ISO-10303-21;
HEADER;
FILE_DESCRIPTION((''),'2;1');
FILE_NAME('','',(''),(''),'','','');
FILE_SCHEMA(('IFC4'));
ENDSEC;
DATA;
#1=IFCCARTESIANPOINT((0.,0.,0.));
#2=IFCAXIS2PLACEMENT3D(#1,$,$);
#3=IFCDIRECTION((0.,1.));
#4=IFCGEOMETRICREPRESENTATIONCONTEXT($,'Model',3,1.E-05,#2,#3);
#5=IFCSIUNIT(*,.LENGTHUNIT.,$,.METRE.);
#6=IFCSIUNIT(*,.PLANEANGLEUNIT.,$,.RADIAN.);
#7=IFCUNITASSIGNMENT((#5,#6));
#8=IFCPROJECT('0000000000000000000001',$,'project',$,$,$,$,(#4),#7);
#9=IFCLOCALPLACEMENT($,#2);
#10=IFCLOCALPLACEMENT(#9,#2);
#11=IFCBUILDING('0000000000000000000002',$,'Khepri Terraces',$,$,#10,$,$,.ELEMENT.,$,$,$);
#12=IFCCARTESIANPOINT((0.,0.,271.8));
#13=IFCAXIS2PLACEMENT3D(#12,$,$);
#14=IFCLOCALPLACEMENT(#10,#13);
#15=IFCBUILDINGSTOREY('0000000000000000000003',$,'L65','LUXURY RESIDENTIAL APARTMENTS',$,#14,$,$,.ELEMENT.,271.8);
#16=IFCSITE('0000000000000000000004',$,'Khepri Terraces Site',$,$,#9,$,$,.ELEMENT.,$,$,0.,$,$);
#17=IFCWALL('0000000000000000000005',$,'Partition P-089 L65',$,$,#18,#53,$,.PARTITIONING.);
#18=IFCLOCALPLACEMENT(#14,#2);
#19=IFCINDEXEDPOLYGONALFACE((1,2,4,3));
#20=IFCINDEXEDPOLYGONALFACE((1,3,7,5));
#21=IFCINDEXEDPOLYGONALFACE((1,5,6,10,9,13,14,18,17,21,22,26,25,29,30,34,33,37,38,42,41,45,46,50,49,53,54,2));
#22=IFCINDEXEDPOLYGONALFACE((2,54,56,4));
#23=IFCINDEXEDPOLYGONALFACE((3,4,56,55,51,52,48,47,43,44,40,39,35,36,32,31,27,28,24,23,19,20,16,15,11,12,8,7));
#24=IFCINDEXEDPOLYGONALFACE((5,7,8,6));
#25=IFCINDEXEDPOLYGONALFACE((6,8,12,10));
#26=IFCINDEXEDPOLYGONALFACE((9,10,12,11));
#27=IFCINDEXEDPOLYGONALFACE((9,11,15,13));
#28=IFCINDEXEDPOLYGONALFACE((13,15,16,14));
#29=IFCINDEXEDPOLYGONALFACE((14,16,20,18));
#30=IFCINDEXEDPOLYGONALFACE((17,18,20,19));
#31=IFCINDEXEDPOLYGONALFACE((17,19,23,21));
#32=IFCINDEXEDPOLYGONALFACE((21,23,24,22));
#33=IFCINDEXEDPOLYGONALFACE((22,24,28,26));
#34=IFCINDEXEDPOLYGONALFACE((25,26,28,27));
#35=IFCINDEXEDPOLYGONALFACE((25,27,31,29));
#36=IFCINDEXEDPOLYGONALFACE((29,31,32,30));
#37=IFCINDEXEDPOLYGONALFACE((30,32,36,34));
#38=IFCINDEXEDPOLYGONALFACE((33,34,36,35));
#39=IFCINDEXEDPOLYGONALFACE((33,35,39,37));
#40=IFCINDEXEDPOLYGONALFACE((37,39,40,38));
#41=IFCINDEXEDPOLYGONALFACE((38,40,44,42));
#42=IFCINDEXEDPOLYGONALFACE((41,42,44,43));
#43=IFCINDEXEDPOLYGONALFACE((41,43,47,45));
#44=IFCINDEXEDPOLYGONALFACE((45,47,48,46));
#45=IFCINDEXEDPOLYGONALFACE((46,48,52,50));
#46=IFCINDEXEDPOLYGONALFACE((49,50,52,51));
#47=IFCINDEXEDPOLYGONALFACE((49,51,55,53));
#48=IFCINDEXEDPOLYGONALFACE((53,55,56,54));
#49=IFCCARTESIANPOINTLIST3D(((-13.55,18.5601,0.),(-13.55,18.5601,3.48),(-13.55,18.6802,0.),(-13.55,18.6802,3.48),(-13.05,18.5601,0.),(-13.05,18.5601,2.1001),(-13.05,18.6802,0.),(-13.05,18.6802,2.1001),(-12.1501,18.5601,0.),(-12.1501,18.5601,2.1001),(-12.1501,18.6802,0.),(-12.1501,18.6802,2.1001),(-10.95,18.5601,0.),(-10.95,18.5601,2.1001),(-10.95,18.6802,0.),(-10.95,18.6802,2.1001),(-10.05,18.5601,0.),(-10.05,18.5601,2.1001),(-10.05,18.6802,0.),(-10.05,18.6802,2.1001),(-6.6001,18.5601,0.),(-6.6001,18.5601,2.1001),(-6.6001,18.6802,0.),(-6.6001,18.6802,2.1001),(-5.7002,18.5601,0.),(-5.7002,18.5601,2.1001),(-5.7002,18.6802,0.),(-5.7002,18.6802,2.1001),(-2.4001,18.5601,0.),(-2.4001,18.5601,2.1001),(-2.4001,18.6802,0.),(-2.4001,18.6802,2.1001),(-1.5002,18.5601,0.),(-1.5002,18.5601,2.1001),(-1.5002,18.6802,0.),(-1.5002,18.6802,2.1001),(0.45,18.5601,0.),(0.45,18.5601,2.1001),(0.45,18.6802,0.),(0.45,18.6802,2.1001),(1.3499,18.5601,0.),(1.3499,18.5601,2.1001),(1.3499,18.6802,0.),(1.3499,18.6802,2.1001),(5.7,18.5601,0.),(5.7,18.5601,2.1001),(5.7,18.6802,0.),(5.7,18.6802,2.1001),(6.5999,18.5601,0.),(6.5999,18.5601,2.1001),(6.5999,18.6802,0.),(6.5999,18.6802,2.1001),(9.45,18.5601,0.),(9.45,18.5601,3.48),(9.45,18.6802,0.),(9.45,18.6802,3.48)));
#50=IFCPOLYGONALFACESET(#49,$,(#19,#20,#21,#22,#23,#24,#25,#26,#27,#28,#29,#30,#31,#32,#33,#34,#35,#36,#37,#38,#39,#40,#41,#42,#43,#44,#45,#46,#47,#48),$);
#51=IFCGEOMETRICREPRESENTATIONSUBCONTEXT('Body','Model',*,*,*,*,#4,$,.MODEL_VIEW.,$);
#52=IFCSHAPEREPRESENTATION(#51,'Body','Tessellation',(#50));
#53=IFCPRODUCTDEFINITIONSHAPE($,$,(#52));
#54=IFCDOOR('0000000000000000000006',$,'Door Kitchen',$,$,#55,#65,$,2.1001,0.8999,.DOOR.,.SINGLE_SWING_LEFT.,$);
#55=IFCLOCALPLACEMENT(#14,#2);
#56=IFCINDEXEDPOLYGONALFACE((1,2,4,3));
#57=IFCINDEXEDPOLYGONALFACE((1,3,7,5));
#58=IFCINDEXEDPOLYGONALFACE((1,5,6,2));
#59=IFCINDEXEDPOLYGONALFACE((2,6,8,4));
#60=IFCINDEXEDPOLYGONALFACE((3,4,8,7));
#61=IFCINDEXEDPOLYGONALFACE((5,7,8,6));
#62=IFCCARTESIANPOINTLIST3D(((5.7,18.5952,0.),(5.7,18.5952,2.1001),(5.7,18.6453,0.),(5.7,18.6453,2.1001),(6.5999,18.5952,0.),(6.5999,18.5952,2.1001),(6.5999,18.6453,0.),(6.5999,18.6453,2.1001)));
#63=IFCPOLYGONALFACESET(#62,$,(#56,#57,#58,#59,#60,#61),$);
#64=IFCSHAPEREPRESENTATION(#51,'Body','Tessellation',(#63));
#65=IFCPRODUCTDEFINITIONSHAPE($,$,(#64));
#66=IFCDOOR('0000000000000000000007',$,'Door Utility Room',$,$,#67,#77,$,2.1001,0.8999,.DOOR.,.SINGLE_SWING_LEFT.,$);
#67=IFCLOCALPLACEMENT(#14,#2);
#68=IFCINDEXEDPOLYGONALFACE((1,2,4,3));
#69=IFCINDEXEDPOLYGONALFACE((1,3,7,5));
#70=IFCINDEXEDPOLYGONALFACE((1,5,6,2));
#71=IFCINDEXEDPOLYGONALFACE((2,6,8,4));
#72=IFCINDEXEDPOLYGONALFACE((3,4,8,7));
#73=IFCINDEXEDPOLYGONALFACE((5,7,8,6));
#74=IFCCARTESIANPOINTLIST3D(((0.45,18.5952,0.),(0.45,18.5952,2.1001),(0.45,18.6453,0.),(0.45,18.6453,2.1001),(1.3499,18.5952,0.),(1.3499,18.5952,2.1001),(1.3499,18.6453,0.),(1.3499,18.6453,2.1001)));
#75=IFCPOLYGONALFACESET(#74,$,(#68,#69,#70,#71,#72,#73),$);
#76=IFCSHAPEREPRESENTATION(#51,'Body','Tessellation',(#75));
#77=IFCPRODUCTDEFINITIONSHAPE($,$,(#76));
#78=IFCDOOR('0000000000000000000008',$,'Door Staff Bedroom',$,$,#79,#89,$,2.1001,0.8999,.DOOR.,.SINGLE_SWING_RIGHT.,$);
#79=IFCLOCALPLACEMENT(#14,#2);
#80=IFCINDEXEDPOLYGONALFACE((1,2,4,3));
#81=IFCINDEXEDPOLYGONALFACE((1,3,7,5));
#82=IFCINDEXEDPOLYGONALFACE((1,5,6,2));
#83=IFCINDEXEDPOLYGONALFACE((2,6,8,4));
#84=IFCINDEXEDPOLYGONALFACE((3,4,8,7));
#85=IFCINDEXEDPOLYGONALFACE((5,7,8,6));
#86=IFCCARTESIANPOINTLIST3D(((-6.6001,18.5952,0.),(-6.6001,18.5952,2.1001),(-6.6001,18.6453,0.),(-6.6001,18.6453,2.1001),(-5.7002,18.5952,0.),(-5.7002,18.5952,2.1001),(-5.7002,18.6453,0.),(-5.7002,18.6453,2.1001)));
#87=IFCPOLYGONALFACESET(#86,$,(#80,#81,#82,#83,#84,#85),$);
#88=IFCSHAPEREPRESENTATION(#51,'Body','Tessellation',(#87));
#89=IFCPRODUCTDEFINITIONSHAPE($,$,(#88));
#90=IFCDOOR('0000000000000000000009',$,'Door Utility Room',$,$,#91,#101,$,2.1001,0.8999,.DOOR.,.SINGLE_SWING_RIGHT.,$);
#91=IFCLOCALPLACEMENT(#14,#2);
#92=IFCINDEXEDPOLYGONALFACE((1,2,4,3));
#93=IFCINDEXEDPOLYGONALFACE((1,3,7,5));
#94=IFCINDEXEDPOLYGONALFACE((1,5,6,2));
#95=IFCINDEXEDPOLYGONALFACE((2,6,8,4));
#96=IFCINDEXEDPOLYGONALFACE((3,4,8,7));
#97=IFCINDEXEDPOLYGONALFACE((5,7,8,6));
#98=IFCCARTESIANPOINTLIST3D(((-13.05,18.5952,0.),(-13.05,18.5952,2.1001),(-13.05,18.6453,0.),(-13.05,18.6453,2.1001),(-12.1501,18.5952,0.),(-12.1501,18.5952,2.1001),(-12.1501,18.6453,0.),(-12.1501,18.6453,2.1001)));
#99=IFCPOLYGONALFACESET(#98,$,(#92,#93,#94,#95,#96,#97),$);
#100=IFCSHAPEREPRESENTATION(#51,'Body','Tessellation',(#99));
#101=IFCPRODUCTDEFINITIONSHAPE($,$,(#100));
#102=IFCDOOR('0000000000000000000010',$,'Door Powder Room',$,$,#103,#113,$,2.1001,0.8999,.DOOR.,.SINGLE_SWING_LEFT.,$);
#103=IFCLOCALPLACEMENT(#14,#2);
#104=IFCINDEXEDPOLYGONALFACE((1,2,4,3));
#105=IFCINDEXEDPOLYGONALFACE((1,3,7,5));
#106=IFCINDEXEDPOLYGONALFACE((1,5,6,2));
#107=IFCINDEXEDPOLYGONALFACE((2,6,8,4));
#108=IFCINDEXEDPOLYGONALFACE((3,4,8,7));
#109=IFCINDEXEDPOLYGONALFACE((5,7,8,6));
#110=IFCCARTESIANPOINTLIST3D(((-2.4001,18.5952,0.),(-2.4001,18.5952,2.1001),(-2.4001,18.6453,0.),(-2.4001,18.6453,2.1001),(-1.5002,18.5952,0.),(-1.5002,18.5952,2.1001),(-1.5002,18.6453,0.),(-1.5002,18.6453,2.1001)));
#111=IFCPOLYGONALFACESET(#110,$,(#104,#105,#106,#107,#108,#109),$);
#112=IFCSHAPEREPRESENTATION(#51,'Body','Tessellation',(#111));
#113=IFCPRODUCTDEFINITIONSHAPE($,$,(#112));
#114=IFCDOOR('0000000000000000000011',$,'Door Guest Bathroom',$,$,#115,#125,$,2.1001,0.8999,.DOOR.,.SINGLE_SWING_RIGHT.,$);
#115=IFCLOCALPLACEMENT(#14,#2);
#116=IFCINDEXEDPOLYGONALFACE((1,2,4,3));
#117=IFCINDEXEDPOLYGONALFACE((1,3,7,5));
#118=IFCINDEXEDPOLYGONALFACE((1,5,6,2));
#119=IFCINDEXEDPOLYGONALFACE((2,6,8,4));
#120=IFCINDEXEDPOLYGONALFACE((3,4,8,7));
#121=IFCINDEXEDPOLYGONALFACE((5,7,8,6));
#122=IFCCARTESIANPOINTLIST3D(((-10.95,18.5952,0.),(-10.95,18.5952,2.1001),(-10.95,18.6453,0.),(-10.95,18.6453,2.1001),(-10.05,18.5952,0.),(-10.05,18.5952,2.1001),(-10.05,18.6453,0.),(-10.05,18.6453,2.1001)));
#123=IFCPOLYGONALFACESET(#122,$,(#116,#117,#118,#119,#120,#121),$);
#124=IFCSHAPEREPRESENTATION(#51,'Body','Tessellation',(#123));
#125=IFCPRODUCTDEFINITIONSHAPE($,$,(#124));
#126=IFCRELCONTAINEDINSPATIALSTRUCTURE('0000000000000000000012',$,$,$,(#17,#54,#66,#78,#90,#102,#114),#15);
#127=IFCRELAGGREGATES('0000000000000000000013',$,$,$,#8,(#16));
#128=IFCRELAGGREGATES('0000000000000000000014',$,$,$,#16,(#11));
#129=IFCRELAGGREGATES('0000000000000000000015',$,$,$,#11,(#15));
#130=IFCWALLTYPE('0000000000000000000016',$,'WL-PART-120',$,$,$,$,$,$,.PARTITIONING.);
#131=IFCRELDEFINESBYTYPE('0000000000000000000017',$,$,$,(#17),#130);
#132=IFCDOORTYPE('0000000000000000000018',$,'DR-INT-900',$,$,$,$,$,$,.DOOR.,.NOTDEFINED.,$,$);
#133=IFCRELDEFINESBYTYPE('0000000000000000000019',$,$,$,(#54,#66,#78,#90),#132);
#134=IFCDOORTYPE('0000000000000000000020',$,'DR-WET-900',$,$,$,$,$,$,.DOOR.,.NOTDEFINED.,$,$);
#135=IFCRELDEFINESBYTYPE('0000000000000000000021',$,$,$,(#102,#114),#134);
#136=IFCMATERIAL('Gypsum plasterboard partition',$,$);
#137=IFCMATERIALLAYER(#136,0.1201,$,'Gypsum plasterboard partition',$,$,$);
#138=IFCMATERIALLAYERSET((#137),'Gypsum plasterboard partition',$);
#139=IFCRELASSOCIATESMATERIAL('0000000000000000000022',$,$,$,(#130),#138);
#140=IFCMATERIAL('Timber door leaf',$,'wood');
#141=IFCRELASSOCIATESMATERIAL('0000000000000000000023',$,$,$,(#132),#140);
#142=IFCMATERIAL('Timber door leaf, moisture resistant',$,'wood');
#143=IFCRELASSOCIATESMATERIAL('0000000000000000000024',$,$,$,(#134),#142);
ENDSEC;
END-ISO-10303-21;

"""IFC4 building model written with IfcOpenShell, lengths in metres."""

from ifc_helpers import new_model, si_unit, direction, frame, frame_2d, origin, place, context, subcontext, project, spatial, rectangle, extrude, material, layer, layer_set, type_object, element, fill, save


model = new_model("IFC4")

# Units and contexts
model_context = context("Model", 3, precision=1e-05, world=origin(), true_north=direction((0.0, 1.0)))
body_context = subcontext(model_context, "Body", "Model", "MODEL_VIEW")
ifc_project = project(units=[si_unit("LENGTHUNIT", "METRE"), si_unit("PLANEANGLEUNIT", "RADIAN")], contexts=[model_context])

# Site, building, storey
site_placement = place(None, origin())
site = spatial("IfcSite", under=ifc_project, at=site_placement, Name="Khepri Terraces Site", CompositionType="ELEMENT", RefElevation=0.0)
building_placement = place(site_placement, origin())
building = spatial("IfcBuilding", under=site, at=building_placement, Name="Khepri Terraces", CompositionType="ELEMENT")
storey_placement = place(building_placement, frame((0.0, 0.0, 271.8)))
storey = spatial("IfcBuildingStorey", under=building, at=storey_placement, Name="L65", Description="LUXURY RESIDENTIAL APARTMENTS", CompositionType="ELEMENT", Elevation=271.8)

# Shared definitions
ifc_material_1 = material(Name="Gypsum plasterboard partition")
ifc_layer_1 = layer(ifc_material_1, 0.1201, Name="Gypsum plasterboard partition")
ifc_layer_set_1 = layer_set([ifc_layer_1], Name="Gypsum plasterboard partition")
wall_type_1 = type_object("IfcWallType", Name="WL-PART-120", PredefinedType="PARTITIONING", material=ifc_layer_set_1)

# Wall, openings, doors
wall_1_placement = place(storey_placement, frame((-13.55, 18.6201, 0.0), z_axis=(0.0, 0.0, 1.0), x_axis=(1.0, 0.0, 0.0)))
wall_1 = element("IfcWall", 1, at=wall_1_placement, inside=storey, type_object=wall_type_1, Name="Partition P-089 L65", PredefinedType="PARTITIONING", context=body_context, shape_type="SweptSolid", body=[
    extrude(rectangle(XDim=23.0, YDim=0.1201, at=frame_2d((11.5, 0.0))), origin(), (0.0, 0.0, 1.0), 3.48),
])
opening_1_placement = place(wall_1_placement, frame((19.25, 0.0, 0.0)))
opening_1 = element("IfcOpeningElement", 2, at=opening_1_placement, cuts=wall_1, PredefinedType="OPENING", context=body_context, shape_type="SweptSolid", body=[
    extrude(rectangle(XDim=0.8999, YDim=2.1001, at=frame_2d((0.45, 1.05))), frame((0.0, 0.0701, 0.0), z_axis=(0.0, -1.0, 0.0), x_axis=(1.0, 0.0, 0.0)), (0.0, 0.0, 1.0), 0.1401),
])
opening_2_placement = place(wall_1_placement, frame((14.0, 0.0, 0.0)))
opening_2 = element("IfcOpeningElement", 3, at=opening_2_placement, cuts=wall_1, PredefinedType="OPENING", context=body_context, shape_type="SweptSolid", body=[
    extrude(rectangle(XDim=0.8999, YDim=2.1001, at=frame_2d((0.45, 1.05))), frame((0.0, 0.0701, 0.0), z_axis=(0.0, -1.0, 0.0), x_axis=(1.0, 0.0, 0.0)), (0.0, 0.0, 1.0), 0.1401),
])
opening_3_placement = place(wall_1_placement, frame((11.1499, 0.0, 0.0)))
opening_3 = element("IfcOpeningElement", 4, at=opening_3_placement, cuts=wall_1, PredefinedType="OPENING", context=body_context, shape_type="SweptSolid", body=[
    extrude(rectangle(XDim=0.8999, YDim=2.1001, at=frame_2d((0.45, 1.05))), frame((0.0, 0.0701, 0.0), z_axis=(0.0, -1.0, 0.0), x_axis=(1.0, 0.0, 0.0)), (0.0, 0.0, 1.0), 0.1401),
])
opening_4_placement = place(wall_1_placement, frame((6.95, 0.0, 0.0)))
opening_4 = element("IfcOpeningElement", 5, at=opening_4_placement, cuts=wall_1, PredefinedType="OPENING", context=body_context, shape_type="SweptSolid", body=[
    extrude(rectangle(XDim=0.8999, YDim=2.1001, at=frame_2d((0.45, 1.05))), frame((0.0, 0.0701, 0.0), z_axis=(0.0, -1.0, 0.0), x_axis=(1.0, 0.0, 0.0)), (0.0, 0.0, 1.0), 0.1401),
])
opening_5_placement = place(wall_1_placement, frame((2.6001, 0.0, 0.0)))
opening_5 = element("IfcOpeningElement", 6, at=opening_5_placement, cuts=wall_1, PredefinedType="OPENING", context=body_context, shape_type="SweptSolid", body=[
    extrude(rectangle(XDim=0.8999, YDim=2.1001, at=frame_2d((0.45, 1.05))), frame((0.0, 0.0701, 0.0), z_axis=(0.0, -1.0, 0.0), x_axis=(1.0, 0.0, 0.0)), (0.0, 0.0, 1.0), 0.1401),
])
opening_6_placement = place(wall_1_placement, frame((0.5, 0.0, 0.0)))
opening_6 = element("IfcOpeningElement", 7, at=opening_6_placement, cuts=wall_1, PredefinedType="OPENING", context=body_context, shape_type="SweptSolid", body=[
    extrude(rectangle(XDim=0.8999, YDim=2.1001, at=frame_2d((0.45, 1.05))), frame((0.0, 0.0701, 0.0), z_axis=(0.0, -1.0, 0.0), x_axis=(1.0, 0.0, 0.0)), (0.0, 0.0, 1.0), 0.1401),
])
ifc_material_2 = material(Name="Timber door leaf", Category="wood")
door_type_1 = type_object("IfcDoorType", Name="DR-INT-900", OperationType="NOTDEFINED", PredefinedType="DOOR", material=ifc_material_2)
door_1_placement = place(opening_1_placement, frame((0.8999, 0.0, 0.0), z_axis=(0.0, 0.0, 1.0), x_axis=(-1.0, 0.0, 0.0)))
door_1 = element("IfcDoor", 8, at=door_1_placement, inside=storey, type_object=door_type_1, Name="Door Kitchen", OperationType="SINGLE_SWING_LEFT", OverallHeight=2.1001, OverallWidth=0.8999, PredefinedType="DOOR", context=body_context, shape_type="SweptSolid", body=[
    extrude(rectangle(XDim=0.8999, YDim=2.1001, at=frame_2d((0.45, 1.05))), frame((0.0, 0.0249, 0.0), z_axis=(0.0, -1.0, 0.0), x_axis=(1.0, 0.0, 0.0)), (0.0, 0.0, 1.0), 0.05),
])
fill(opening_1, door_1)
door_2_placement = place(opening_2_placement, frame((0.8999, 0.0, 0.0), z_axis=(0.0, 0.0, 1.0), x_axis=(-1.0, 0.0, 0.0)))
door_2 = element("IfcDoor", 9, at=door_2_placement, inside=storey, type_object=door_type_1, Name="Door Utility Room", OperationType="SINGLE_SWING_LEFT", OverallHeight=2.1001, OverallWidth=0.8999, PredefinedType="DOOR", context=body_context, shape_type="SweptSolid", body=[
    extrude(rectangle(XDim=0.8999, YDim=2.1001, at=frame_2d((0.45, 1.05))), frame((0.0, 0.0249, 0.0), z_axis=(0.0, -1.0, 0.0), x_axis=(1.0, 0.0, 0.0)), (0.0, 0.0, 1.0), 0.05),
])
fill(opening_2, door_2)
door_3_placement = place(opening_4_placement, frame((0.8999, 0.0, 0.0), z_axis=(0.0, 0.0, 1.0), x_axis=(-1.0, 0.0, 0.0)))
door_3 = element("IfcDoor", 10, at=door_3_placement, inside=storey, type_object=door_type_1, Name="Door Staff Bedroom", OperationType="SINGLE_SWING_RIGHT", OverallHeight=2.1001, OverallWidth=0.8999, PredefinedType="DOOR", context=body_context, shape_type="SweptSolid", body=[
    extrude(rectangle(XDim=0.8999, YDim=2.1001, at=frame_2d((0.45, 1.05))), frame((0.0, 0.0249, 0.0), z_axis=(0.0, -1.0, 0.0), x_axis=(1.0, 0.0, 0.0)), (0.0, 0.0, 1.0), 0.05),
])
fill(opening_4, door_3)
door_4_placement = place(opening_6_placement, frame((0.8999, 0.0, 0.0), z_axis=(0.0, 0.0, 1.0), x_axis=(-1.0, 0.0, 0.0)))
door_4 = element("IfcDoor", 11, at=door_4_placement, inside=storey, type_object=door_type_1, Name="Door Utility Room", OperationType="SINGLE_SWING_RIGHT", OverallHeight=2.1001, OverallWidth=0.8999, PredefinedType="DOOR", context=body_context, shape_type="SweptSolid", body=[
    extrude(rectangle(XDim=0.8999, YDim=2.1001, at=frame_2d((0.45, 1.05))), frame((0.0, 0.0249, 0.0), z_axis=(0.0, -1.0, 0.0), x_axis=(1.0, 0.0, 0.0)), (0.0, 0.0, 1.0), 0.05),
])
fill(opening_6, door_4)
ifc_material_3 = material(Name="Timber door leaf, moisture resistant", Category="wood")
door_type_2 = type_object("IfcDoorType", Name="DR-WET-900", OperationType="NOTDEFINED", PredefinedType="DOOR", material=ifc_material_3)
door_5_placement = place(opening_3_placement, frame((0.8999, 0.0, 0.0), z_axis=(0.0, 0.0, 1.0), x_axis=(-1.0, 0.0, 0.0)))
door_5 = element("IfcDoor", 12, at=door_5_placement, inside=storey, type_object=door_type_2, Name="Door Powder Room", OperationType="SINGLE_SWING_LEFT", OverallHeight=2.1001, OverallWidth=0.8999, PredefinedType="DOOR", context=body_context, shape_type="SweptSolid", body=[
    extrude(rectangle(XDim=0.8999, YDim=2.1001, at=frame_2d((0.45, 1.05))), frame((0.0, 0.0249, 0.0), z_axis=(0.0, -1.0, 0.0), x_axis=(1.0, 0.0, 0.0)), (0.0, 0.0, 1.0), 0.05),
])
fill(opening_3, door_5)
door_6_placement = place(opening_5_placement, frame((0.8999, 0.0, 0.0), z_axis=(0.0, 0.0, 1.0), x_axis=(-1.0, 0.0, 0.0)))
door_6 = element("IfcDoor", 13, at=door_6_placement, inside=storey, type_object=door_type_2, Name="Door Guest Bathroom", OperationType="SINGLE_SWING_RIGHT", OverallHeight=2.1001, OverallWidth=0.8999, PredefinedType="DOOR", context=body_context, shape_type="SweptSolid", body=[
    extrude(rectangle(XDim=0.8999, YDim=2.1001, at=frame_2d((0.45, 1.05))), frame((0.0, 0.0249, 0.0), z_axis=(0.0, -1.0, 0.0), x_axis=(1.0, 0.0, 0.0)), (0.0, 0.0, 1.0), 0.05),
])
fill(opening_5, door_6)

save(model, "model.ifc")
